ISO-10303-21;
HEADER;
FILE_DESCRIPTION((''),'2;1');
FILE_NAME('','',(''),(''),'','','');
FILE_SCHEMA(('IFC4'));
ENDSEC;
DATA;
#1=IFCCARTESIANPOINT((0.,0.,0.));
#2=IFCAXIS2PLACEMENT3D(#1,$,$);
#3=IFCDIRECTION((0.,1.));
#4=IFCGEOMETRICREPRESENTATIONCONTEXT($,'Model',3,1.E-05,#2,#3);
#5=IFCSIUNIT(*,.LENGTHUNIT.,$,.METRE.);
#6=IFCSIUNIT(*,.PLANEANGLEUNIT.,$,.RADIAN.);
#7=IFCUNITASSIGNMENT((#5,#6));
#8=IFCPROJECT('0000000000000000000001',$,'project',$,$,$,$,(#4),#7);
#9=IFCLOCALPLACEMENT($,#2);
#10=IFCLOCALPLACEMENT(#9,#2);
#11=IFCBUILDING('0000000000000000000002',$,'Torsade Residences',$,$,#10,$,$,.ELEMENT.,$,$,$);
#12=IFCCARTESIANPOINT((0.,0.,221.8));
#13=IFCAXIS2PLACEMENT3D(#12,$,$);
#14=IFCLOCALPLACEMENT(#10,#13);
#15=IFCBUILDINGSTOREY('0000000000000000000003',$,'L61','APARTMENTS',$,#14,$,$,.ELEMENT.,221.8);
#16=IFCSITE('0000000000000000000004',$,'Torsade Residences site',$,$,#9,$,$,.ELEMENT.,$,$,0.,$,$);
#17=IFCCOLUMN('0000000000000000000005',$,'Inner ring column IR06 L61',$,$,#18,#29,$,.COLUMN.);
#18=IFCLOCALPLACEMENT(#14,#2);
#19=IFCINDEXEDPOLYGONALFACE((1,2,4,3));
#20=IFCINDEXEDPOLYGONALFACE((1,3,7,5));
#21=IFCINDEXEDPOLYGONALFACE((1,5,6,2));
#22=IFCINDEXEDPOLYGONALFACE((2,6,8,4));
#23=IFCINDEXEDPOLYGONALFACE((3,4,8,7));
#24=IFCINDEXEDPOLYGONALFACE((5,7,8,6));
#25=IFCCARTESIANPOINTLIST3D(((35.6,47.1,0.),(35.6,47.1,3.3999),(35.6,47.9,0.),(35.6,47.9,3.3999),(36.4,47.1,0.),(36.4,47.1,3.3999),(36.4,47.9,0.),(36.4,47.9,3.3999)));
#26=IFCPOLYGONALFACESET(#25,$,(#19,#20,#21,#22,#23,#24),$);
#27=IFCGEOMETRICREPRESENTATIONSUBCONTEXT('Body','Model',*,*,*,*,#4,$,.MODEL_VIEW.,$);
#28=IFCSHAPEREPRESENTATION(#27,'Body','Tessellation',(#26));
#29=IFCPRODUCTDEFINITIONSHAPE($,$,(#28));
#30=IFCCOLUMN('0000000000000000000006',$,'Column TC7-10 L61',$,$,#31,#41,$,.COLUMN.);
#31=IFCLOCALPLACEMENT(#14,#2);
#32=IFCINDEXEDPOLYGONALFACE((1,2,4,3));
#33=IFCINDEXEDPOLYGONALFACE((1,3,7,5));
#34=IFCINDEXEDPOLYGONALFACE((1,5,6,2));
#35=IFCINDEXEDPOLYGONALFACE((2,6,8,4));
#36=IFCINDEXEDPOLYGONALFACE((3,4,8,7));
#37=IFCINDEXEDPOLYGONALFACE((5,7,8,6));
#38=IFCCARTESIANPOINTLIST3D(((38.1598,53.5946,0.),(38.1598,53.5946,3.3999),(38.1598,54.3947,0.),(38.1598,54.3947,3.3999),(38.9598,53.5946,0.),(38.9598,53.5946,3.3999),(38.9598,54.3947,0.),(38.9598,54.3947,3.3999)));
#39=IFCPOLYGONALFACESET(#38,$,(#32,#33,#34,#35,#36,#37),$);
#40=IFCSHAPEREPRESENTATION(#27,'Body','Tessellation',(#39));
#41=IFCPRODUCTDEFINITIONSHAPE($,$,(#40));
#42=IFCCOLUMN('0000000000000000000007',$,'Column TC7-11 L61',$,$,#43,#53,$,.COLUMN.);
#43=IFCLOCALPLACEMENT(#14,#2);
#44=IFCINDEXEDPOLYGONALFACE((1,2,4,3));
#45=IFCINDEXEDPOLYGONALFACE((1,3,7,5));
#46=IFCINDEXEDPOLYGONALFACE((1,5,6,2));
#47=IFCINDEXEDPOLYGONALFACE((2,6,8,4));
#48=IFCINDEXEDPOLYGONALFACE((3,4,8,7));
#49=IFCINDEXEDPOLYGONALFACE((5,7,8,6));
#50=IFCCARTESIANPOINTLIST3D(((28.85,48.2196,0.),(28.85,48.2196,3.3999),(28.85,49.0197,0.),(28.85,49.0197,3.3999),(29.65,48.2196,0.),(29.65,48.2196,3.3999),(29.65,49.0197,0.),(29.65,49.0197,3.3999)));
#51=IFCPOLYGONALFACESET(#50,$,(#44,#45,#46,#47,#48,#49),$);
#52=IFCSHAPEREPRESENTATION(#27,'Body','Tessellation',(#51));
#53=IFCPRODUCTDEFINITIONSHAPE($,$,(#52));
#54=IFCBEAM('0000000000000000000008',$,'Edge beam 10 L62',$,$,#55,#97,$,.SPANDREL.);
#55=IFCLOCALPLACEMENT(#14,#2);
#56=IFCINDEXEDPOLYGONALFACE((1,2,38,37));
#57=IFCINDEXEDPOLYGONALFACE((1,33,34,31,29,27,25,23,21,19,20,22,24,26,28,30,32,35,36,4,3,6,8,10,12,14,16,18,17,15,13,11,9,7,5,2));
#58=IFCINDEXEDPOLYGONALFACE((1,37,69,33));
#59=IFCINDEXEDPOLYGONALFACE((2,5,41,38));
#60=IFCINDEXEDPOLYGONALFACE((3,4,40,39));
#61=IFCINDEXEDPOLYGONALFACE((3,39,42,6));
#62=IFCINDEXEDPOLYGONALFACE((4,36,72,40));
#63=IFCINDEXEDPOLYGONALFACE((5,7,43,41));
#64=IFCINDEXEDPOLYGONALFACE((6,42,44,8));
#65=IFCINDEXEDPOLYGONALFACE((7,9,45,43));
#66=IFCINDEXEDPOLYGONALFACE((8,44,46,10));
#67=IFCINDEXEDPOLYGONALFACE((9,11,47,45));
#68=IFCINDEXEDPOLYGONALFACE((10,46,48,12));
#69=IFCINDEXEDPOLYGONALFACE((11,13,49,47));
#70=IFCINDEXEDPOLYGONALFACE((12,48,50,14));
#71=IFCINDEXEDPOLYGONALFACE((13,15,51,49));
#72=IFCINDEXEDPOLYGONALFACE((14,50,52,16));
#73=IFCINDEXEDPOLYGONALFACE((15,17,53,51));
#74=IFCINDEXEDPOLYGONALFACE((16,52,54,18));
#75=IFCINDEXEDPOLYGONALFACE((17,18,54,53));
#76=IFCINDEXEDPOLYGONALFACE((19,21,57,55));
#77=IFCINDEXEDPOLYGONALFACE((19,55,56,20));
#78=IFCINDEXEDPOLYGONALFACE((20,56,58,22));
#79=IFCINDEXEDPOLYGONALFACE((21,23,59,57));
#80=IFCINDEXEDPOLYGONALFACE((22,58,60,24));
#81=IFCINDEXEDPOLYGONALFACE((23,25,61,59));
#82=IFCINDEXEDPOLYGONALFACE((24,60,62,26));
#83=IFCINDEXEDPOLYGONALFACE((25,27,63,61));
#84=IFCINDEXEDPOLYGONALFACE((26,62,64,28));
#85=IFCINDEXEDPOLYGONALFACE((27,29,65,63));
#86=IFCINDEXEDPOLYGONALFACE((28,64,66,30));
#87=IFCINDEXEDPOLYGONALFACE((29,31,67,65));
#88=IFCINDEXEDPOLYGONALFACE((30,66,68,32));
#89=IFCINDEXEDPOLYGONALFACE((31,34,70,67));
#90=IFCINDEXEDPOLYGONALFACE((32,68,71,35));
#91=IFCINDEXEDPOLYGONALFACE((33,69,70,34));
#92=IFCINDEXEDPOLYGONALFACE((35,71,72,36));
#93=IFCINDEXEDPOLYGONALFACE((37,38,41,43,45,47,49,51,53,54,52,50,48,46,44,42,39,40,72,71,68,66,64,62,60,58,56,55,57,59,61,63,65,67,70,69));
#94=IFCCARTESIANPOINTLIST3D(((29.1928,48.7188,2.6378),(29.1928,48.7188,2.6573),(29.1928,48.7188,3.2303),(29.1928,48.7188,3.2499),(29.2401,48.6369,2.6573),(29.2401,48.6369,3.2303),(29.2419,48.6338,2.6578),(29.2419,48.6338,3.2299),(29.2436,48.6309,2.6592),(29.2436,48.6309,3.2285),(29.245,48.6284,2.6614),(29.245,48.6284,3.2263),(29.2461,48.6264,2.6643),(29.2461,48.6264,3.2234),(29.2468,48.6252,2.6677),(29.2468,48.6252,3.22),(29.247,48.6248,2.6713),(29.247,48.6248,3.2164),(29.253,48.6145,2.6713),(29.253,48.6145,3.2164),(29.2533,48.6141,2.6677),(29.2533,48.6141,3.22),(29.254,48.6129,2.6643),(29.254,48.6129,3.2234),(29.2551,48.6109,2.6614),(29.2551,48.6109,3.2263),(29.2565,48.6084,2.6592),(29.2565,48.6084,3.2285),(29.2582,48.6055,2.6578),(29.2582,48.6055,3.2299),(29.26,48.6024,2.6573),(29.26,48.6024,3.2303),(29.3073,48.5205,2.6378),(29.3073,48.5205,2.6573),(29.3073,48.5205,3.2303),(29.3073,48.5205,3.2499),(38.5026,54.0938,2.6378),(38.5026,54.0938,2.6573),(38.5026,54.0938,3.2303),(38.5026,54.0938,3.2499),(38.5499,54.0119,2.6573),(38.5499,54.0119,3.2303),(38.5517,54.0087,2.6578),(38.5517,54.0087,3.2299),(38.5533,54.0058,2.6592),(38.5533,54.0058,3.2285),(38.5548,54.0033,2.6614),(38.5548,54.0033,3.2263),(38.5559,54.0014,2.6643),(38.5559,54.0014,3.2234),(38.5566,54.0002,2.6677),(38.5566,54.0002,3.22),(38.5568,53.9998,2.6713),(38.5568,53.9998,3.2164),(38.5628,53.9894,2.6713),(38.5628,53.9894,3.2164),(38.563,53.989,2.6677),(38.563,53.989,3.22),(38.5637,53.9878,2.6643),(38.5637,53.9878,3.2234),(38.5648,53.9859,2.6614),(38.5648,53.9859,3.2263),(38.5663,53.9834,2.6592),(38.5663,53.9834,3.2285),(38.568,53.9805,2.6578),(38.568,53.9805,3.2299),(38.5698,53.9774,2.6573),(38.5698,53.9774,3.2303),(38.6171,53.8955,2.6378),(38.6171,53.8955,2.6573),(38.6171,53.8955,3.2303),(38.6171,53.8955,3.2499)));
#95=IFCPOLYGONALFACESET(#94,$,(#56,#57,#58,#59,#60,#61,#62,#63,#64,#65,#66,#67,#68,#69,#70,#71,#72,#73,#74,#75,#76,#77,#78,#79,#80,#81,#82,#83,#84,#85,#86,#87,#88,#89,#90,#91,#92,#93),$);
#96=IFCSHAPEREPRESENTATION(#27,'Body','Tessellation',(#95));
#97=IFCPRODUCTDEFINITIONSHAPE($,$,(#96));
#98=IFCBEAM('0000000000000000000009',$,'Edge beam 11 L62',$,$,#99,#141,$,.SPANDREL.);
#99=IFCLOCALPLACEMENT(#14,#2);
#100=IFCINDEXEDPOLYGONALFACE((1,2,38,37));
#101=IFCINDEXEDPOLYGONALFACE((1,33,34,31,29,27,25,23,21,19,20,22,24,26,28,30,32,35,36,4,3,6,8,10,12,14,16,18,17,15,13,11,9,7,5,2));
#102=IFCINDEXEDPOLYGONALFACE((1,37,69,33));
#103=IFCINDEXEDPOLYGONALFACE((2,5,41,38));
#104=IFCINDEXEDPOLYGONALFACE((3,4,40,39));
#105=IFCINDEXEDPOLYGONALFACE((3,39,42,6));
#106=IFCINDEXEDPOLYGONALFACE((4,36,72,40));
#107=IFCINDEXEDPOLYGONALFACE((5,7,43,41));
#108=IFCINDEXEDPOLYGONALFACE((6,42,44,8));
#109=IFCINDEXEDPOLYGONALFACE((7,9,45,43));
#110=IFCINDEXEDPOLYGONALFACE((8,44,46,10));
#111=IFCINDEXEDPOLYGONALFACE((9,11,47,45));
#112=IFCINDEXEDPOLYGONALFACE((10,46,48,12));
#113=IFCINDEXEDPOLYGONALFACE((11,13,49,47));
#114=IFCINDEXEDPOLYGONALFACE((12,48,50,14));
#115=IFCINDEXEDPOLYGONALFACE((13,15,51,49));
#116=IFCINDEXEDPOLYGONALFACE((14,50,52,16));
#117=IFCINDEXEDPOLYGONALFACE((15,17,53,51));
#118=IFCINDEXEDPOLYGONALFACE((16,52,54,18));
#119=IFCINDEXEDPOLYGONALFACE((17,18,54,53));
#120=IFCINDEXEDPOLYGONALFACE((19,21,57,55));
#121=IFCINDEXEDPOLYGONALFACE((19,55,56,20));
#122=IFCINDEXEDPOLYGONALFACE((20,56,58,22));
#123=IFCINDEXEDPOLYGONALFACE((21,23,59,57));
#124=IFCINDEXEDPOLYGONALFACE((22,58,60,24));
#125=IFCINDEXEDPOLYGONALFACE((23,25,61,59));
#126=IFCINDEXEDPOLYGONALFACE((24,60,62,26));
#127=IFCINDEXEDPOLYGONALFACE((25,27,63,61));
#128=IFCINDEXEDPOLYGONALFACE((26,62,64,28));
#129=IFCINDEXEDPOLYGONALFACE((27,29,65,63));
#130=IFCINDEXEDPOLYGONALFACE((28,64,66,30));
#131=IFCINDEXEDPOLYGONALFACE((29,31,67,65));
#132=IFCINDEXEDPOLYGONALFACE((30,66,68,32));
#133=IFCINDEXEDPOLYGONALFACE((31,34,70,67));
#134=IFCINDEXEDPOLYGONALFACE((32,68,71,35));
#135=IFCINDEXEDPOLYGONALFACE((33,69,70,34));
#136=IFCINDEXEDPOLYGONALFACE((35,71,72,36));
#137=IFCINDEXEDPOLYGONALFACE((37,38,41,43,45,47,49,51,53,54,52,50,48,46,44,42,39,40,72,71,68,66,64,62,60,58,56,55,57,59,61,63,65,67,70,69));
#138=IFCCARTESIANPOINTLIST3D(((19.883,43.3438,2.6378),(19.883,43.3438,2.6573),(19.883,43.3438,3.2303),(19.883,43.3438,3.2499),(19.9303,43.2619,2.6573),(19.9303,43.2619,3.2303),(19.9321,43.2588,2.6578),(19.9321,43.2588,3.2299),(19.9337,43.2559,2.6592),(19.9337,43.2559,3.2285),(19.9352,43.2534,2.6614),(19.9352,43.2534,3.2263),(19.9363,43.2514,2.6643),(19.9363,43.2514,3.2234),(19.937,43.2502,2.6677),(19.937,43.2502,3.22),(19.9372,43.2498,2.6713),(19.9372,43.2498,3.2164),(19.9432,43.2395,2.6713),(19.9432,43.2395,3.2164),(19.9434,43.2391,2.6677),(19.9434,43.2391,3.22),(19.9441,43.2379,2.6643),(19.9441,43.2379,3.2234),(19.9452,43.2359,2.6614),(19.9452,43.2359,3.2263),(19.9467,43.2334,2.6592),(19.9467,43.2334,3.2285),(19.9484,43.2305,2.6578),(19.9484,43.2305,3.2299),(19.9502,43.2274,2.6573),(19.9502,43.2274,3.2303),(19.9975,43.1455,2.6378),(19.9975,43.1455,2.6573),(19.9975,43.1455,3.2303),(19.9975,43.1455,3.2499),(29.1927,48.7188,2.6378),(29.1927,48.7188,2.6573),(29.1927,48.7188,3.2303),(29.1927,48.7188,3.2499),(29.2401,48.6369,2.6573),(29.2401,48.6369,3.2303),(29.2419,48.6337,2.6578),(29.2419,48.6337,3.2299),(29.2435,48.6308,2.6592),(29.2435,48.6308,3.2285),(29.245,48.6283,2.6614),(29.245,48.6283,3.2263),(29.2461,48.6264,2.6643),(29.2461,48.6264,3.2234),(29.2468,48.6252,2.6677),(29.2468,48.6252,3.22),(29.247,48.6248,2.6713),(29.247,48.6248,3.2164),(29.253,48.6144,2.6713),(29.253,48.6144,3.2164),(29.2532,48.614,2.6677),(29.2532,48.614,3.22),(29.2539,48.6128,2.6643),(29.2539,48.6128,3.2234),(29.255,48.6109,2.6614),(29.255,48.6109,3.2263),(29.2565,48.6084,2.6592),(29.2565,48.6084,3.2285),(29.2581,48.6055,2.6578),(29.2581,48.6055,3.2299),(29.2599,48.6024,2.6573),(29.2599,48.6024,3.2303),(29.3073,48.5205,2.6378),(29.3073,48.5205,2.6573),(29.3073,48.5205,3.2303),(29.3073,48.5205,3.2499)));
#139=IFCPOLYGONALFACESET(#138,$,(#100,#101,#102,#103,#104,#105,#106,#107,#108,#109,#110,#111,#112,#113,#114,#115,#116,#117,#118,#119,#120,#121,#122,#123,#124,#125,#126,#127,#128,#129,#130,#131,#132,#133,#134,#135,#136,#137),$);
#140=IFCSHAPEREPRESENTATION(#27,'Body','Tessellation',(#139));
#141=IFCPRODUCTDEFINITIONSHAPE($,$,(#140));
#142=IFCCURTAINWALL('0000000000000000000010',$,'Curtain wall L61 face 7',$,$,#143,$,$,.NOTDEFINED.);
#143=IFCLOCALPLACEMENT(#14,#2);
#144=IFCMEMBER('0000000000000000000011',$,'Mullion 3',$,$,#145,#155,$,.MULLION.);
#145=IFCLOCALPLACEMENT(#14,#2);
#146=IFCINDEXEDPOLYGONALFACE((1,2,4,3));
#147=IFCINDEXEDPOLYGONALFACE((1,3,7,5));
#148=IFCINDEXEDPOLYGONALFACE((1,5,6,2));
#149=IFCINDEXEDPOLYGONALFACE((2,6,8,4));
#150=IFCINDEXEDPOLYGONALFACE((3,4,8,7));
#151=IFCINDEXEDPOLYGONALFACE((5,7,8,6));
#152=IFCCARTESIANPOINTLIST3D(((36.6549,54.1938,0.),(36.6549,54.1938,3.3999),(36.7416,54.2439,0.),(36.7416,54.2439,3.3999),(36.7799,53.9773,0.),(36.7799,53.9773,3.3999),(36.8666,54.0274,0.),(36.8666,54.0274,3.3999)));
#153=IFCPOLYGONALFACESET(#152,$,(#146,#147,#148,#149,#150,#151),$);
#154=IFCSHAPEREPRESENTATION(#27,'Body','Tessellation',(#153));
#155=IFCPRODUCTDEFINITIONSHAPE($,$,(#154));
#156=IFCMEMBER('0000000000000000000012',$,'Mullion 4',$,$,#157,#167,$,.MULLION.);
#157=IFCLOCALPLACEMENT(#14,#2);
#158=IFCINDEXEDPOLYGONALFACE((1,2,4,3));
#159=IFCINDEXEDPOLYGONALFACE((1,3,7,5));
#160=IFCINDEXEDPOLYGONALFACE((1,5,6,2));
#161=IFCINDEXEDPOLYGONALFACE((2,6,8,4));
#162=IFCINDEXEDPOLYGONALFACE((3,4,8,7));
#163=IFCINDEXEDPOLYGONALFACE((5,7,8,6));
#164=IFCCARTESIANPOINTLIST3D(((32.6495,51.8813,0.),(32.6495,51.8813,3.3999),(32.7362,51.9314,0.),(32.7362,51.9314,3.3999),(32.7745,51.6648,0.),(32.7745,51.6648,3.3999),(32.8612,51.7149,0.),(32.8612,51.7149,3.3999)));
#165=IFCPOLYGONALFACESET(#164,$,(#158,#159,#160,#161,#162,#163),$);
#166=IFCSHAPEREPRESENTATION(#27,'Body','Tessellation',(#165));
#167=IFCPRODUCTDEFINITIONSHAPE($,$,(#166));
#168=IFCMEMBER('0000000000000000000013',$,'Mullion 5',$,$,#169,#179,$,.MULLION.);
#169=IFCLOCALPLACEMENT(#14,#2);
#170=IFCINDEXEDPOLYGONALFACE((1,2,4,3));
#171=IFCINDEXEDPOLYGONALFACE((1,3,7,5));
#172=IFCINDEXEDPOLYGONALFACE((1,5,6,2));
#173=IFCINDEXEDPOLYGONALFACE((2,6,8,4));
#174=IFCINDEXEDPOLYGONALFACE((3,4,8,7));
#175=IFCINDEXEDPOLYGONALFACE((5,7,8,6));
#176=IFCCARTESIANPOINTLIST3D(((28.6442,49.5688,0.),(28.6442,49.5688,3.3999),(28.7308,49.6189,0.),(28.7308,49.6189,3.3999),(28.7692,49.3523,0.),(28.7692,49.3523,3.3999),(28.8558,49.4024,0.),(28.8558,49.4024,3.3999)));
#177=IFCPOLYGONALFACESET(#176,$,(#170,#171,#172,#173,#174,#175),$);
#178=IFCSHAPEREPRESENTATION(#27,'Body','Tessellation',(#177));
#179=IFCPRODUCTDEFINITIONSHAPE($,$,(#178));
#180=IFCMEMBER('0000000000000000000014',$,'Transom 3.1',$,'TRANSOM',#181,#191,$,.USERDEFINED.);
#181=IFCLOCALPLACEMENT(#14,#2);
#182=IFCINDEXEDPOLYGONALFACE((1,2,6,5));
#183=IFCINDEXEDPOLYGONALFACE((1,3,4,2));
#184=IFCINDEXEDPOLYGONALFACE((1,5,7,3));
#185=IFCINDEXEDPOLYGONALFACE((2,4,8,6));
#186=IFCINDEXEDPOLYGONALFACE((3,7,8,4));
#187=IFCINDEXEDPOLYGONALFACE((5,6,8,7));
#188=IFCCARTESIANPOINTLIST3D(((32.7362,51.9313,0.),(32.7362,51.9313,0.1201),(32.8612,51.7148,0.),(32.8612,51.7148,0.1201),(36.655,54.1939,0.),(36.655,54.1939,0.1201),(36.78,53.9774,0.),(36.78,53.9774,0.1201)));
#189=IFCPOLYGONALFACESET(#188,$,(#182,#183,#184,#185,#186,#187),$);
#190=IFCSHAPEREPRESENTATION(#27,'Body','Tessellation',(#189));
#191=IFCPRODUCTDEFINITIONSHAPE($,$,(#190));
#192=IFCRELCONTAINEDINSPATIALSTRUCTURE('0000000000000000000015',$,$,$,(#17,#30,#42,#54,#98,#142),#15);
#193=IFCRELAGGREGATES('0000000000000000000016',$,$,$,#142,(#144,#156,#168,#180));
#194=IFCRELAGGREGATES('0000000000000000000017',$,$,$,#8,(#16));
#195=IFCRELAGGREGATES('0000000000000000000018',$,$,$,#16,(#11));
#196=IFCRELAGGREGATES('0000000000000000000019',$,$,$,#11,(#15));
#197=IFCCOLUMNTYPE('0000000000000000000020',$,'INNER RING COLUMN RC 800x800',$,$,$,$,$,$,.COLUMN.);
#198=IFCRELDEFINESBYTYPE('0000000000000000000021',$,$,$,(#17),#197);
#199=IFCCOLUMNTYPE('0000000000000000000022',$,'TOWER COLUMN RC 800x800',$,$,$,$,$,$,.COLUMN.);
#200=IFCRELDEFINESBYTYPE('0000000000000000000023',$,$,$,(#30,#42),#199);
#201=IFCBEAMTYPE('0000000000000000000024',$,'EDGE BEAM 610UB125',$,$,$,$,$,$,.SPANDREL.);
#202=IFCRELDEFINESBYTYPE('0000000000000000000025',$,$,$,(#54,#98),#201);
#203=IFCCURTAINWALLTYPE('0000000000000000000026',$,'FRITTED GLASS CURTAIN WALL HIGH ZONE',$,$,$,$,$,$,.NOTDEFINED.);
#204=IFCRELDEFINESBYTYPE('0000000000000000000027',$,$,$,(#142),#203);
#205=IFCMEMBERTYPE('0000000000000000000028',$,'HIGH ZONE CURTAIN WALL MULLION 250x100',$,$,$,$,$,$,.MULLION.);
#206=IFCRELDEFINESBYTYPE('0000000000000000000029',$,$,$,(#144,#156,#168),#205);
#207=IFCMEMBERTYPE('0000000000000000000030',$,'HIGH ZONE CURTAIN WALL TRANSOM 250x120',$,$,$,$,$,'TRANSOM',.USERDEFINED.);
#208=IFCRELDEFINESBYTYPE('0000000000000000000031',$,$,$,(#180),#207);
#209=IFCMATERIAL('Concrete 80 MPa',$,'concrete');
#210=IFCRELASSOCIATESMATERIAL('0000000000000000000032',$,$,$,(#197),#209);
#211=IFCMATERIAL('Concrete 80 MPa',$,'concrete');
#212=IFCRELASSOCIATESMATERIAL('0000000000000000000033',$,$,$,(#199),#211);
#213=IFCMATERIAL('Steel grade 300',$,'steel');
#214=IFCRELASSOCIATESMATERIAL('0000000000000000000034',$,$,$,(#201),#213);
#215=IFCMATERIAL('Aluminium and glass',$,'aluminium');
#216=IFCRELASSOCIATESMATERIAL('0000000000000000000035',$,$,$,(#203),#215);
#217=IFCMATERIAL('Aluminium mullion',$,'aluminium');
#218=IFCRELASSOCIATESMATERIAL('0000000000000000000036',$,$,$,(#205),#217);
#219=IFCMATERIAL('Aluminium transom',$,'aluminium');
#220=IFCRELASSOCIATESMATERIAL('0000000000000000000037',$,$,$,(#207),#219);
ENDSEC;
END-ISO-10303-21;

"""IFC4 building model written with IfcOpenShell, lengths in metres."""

from ifc_helpers import new_model, si_unit, direction, frame, origin, origin_2d, place, context, subcontext, project, spatial, rectangle, i_section, extrude, material, material_profile, profile_set, type_object, element, aggregate, save


model = new_model("IFC4")

# Units and contexts
model_context = context("Model", 3, precision=1e-05, world=origin(), true_north=direction((0.0, 1.0)))
body_context = subcontext(model_context, "Body", "Model", "MODEL_VIEW")
ifc_project = project(units=[si_unit("LENGTHUNIT", "METRE"), si_unit("PLANEANGLEUNIT", "RADIAN")], contexts=[model_context])

# Site, building, storey
site_placement = place(None, origin())
site = spatial("IfcSite", under=ifc_project, at=site_placement, Name="Torsade Residences site", CompositionType="ELEMENT", RefElevation=0.0)
building_placement = place(site_placement, origin())
building = spatial("IfcBuilding", under=site, at=building_placement, Name="Torsade Residences", CompositionType="ELEMENT")
storey_placement = place(building_placement, frame((0.0, 0.0, 221.8)))
storey = spatial("IfcBuildingStorey", under=building, at=storey_placement, Name="L61", Description="APARTMENTS", CompositionType="ELEMENT", Elevation=221.8)

# Columns
ifc_material_1 = material(Name="Concrete 80 MPa", Category="concrete")
ifc_material_profile_1 = material_profile(ifc_material_1, rectangle(XDim=0.8, YDim=0.8, at=origin_2d()), Name="RC 800x800")
ifc_profile_set_1 = profile_set([ifc_material_profile_1], Name="Concrete 80 MPa")
column_type_1 = type_object("IfcColumnType", Name="INNER RING COLUMN RC 800x800", PredefinedType="COLUMN", material=ifc_profile_set_1)
column_placement = place(storey_placement, frame((36.0, 47.5, 0.0), z_axis=(0.0, 0.0, 1.0), x_axis=(1.0, 0.0, 0.0)))
element("IfcColumn", 1, at=column_placement, inside=storey, type_object=column_type_1, Name="Inner ring column IR06 L61", PredefinedType="COLUMN", context=body_context, shape_type="SweptSolid", body=[
    extrude(rectangle(XDim=0.8, YDim=0.8, at=origin_2d()), origin(), (0.0, 0.0, 1.0), 3.3999),
])
ifc_material_2 = material(Name="Concrete 80 MPa", Category="concrete")
ifc_material_profile_2 = material_profile(ifc_material_2, rectangle(XDim=0.8, YDim=0.8, at=origin_2d()), Name="RC 800x800")
ifc_profile_set_2 = profile_set([ifc_material_profile_2], Name="Concrete 80 MPa")
column_type_2 = type_object("IfcColumnType", Name="TOWER COLUMN RC 800x800", PredefinedType="COLUMN", material=ifc_profile_set_2)
for number, where, z_axis, x_axis, name in (
    (2, (38.5598, 53.9946, 0.0), (0.0, 0.0, 1.0), (1.0, 0.0, 0.0), "Column TC7-10 L61"),
    (3, (29.25, 48.6196, 0.0), (0.0, 0.0, 1.0), (1.0, 0.0, 0.0), "Column TC7-11 L61"),
):
    element("IfcColumn", number, at=place(storey_placement, frame(where, z_axis=z_axis, x_axis=x_axis)), inside=storey, type_object=column_type_2, Name=name, PredefinedType="COLUMN", context=body_context, shape_type="SweptSolid", body=[
        extrude(rectangle(XDim=0.8, YDim=0.8, at=origin_2d()), origin(), (0.0, 0.0, 1.0), 3.3999),
    ])

# Beams
ifc_material_3 = material(Name="Steel grade 300", Category="steel")
ifc_material_profile_3 = material_profile(ifc_material_3, i_section(OverallWidth=0.229, OverallDepth=0.6121, WebThickness=0.012, FlangeThickness=0.0195, FilletRadius=0.0139, at=origin_2d()), Name="610UB125")
ifc_profile_set_3 = profile_set([ifc_material_profile_3], Name="Steel grade 300")
beam_type_1 = type_object("IfcBeamType", Name="EDGE BEAM 610UB125", PredefinedType="SPANDREL", material=ifc_profile_set_3)
for number, where, z_axis, x_axis, name in (
    (4, (38.5598, 53.9946, 2.9438), (-0.866026, -0.499998, 0.0), (0.499998, -0.866026, 0.0), "Edge beam 10 L62"),
    (5, (29.25, 48.6196, 2.9438), (-0.866026, -0.499998, 0.0), (0.499998, -0.866026, 0.0), "Edge beam 11 L62"),
):
    element("IfcBeam", number, at=place(storey_placement, frame(where, z_axis=z_axis, x_axis=x_axis)), inside=storey, type_object=beam_type_1, Name=name, PredefinedType="SPANDREL", context=body_context, shape_type="SweptSolid", body=[
        extrude(i_section(OverallWidth=0.229, OverallDepth=0.6121, WebThickness=0.012, FlangeThickness=0.0195, FilletRadius=0.0139, at=origin_2d()), origin(), (0.0, 0.0, 1.0), 10.75),
    ])

# Curtain wall, members
ifc_material_4 = material(Name="Aluminium and glass", Category="aluminium")
curtain_wall_type = type_object("IfcCurtainWallType", Name="FRITTED GLASS CURTAIN WALL HIGH ZONE", PredefinedType="NOTDEFINED", material=ifc_material_4)
curtain_wall_placement = place(storey_placement, origin())
curtain_wall = element("IfcCurtainWall", 6, at=curtain_wall_placement, inside=storey, type_object=curtain_wall_type, Name="Curtain wall L61 face 7", PredefinedType="NOTDEFINED")
ifc_material_5 = material(Name="Aluminium mullion", Category="aluminium")
ifc_material_profile_4 = material_profile(ifc_material_5, rectangle(XDim=0.25, YDim=0.1001, at=origin_2d()), Name="HIGH ZONE CURTAIN WALL MULLION 250x100")
ifc_profile_set_4 = profile_set([ifc_material_profile_4], Name="Aluminium mullion")
member_type_1 = type_object("IfcMemberType", Name="HIGH ZONE CURTAIN WALL MULLION 250x100", PredefinedType="MULLION", material=ifc_profile_set_4)
member_1_placement = place(storey_placement, frame((36.7607, 54.1106, 0.0), z_axis=(0.0, 0.0, 1.0), x_axis=(0.5, -0.866025, 0.0)))
member_1 = element("IfcMember", 7, at=member_1_placement, type_object=member_type_1, Name="Mullion 3", PredefinedType="MULLION", context=body_context, shape_type="SweptSolid", body=[
    extrude(rectangle(XDim=0.25, YDim=0.1001, at=origin_2d()), origin(), (0.0, 0.0, 1.0), 3.3999),
])
member_2_placement = place(storey_placement, frame((32.7554, 51.7981, 0.0), z_axis=(0.0, 0.0, 1.0), x_axis=(0.5, -0.866025, 0.0)))
member_2 = element("IfcMember", 8, at=member_2_placement, type_object=member_type_1, Name="Mullion 4", PredefinedType="MULLION", context=body_context, shape_type="SweptSolid", body=[
    extrude(rectangle(XDim=0.25, YDim=0.1001, at=origin_2d()), origin(), (0.0, 0.0, 1.0), 3.3999),
])
member_3_placement = place(storey_placement, frame((28.75, 49.4856, 0.0), z_axis=(0.0, 0.0, 1.0), x_axis=(0.5, -0.866025, 0.0)))
member_3 = element("IfcMember", 9, at=member_3_placement, type_object=member_type_1, Name="Mullion 5", PredefinedType="MULLION", context=body_context, shape_type="SweptSolid", body=[
    extrude(rectangle(XDim=0.25, YDim=0.1001, at=origin_2d()), origin(), (0.0, 0.0, 1.0), 3.3999),
])
ifc_material_6 = material(Name="Aluminium transom", Category="aluminium")
ifc_material_profile_5 = material_profile(ifc_material_6, rectangle(XDim=0.25, YDim=0.1201, at=origin_2d()), Name="HIGH ZONE CURTAIN WALL TRANSOM 250x120")
ifc_profile_set_5 = profile_set([ifc_material_profile_5], Name="Aluminium transom")
member_type_2 = type_object("IfcMemberType", Name="HIGH ZONE CURTAIN WALL TRANSOM 250x120", ElementType="TRANSOM", PredefinedType="USERDEFINED", material=ifc_profile_set_5)
member_4_placement = place(storey_placement, frame((36.7175, 54.0857, 0.0601), z_axis=(-0.866017, -0.500015, 0.0), x_axis=(0.500015, -0.866017, 0.0)))
member_4 = element("IfcMember", 10, at=member_4_placement, type_object=member_type_2, Name="Transom 3.1", ObjectType="TRANSOM", PredefinedType="USERDEFINED", context=body_context, shape_type="SweptSolid", body=[
    extrude(rectangle(XDim=0.25, YDim=0.1201, at=origin_2d()), origin(), (0.0, 0.0, 1.0), 4.5251),
])

aggregate(curtain_wall, [member_1, member_2, member_3, member_4])

save(model, "model.ifc")
